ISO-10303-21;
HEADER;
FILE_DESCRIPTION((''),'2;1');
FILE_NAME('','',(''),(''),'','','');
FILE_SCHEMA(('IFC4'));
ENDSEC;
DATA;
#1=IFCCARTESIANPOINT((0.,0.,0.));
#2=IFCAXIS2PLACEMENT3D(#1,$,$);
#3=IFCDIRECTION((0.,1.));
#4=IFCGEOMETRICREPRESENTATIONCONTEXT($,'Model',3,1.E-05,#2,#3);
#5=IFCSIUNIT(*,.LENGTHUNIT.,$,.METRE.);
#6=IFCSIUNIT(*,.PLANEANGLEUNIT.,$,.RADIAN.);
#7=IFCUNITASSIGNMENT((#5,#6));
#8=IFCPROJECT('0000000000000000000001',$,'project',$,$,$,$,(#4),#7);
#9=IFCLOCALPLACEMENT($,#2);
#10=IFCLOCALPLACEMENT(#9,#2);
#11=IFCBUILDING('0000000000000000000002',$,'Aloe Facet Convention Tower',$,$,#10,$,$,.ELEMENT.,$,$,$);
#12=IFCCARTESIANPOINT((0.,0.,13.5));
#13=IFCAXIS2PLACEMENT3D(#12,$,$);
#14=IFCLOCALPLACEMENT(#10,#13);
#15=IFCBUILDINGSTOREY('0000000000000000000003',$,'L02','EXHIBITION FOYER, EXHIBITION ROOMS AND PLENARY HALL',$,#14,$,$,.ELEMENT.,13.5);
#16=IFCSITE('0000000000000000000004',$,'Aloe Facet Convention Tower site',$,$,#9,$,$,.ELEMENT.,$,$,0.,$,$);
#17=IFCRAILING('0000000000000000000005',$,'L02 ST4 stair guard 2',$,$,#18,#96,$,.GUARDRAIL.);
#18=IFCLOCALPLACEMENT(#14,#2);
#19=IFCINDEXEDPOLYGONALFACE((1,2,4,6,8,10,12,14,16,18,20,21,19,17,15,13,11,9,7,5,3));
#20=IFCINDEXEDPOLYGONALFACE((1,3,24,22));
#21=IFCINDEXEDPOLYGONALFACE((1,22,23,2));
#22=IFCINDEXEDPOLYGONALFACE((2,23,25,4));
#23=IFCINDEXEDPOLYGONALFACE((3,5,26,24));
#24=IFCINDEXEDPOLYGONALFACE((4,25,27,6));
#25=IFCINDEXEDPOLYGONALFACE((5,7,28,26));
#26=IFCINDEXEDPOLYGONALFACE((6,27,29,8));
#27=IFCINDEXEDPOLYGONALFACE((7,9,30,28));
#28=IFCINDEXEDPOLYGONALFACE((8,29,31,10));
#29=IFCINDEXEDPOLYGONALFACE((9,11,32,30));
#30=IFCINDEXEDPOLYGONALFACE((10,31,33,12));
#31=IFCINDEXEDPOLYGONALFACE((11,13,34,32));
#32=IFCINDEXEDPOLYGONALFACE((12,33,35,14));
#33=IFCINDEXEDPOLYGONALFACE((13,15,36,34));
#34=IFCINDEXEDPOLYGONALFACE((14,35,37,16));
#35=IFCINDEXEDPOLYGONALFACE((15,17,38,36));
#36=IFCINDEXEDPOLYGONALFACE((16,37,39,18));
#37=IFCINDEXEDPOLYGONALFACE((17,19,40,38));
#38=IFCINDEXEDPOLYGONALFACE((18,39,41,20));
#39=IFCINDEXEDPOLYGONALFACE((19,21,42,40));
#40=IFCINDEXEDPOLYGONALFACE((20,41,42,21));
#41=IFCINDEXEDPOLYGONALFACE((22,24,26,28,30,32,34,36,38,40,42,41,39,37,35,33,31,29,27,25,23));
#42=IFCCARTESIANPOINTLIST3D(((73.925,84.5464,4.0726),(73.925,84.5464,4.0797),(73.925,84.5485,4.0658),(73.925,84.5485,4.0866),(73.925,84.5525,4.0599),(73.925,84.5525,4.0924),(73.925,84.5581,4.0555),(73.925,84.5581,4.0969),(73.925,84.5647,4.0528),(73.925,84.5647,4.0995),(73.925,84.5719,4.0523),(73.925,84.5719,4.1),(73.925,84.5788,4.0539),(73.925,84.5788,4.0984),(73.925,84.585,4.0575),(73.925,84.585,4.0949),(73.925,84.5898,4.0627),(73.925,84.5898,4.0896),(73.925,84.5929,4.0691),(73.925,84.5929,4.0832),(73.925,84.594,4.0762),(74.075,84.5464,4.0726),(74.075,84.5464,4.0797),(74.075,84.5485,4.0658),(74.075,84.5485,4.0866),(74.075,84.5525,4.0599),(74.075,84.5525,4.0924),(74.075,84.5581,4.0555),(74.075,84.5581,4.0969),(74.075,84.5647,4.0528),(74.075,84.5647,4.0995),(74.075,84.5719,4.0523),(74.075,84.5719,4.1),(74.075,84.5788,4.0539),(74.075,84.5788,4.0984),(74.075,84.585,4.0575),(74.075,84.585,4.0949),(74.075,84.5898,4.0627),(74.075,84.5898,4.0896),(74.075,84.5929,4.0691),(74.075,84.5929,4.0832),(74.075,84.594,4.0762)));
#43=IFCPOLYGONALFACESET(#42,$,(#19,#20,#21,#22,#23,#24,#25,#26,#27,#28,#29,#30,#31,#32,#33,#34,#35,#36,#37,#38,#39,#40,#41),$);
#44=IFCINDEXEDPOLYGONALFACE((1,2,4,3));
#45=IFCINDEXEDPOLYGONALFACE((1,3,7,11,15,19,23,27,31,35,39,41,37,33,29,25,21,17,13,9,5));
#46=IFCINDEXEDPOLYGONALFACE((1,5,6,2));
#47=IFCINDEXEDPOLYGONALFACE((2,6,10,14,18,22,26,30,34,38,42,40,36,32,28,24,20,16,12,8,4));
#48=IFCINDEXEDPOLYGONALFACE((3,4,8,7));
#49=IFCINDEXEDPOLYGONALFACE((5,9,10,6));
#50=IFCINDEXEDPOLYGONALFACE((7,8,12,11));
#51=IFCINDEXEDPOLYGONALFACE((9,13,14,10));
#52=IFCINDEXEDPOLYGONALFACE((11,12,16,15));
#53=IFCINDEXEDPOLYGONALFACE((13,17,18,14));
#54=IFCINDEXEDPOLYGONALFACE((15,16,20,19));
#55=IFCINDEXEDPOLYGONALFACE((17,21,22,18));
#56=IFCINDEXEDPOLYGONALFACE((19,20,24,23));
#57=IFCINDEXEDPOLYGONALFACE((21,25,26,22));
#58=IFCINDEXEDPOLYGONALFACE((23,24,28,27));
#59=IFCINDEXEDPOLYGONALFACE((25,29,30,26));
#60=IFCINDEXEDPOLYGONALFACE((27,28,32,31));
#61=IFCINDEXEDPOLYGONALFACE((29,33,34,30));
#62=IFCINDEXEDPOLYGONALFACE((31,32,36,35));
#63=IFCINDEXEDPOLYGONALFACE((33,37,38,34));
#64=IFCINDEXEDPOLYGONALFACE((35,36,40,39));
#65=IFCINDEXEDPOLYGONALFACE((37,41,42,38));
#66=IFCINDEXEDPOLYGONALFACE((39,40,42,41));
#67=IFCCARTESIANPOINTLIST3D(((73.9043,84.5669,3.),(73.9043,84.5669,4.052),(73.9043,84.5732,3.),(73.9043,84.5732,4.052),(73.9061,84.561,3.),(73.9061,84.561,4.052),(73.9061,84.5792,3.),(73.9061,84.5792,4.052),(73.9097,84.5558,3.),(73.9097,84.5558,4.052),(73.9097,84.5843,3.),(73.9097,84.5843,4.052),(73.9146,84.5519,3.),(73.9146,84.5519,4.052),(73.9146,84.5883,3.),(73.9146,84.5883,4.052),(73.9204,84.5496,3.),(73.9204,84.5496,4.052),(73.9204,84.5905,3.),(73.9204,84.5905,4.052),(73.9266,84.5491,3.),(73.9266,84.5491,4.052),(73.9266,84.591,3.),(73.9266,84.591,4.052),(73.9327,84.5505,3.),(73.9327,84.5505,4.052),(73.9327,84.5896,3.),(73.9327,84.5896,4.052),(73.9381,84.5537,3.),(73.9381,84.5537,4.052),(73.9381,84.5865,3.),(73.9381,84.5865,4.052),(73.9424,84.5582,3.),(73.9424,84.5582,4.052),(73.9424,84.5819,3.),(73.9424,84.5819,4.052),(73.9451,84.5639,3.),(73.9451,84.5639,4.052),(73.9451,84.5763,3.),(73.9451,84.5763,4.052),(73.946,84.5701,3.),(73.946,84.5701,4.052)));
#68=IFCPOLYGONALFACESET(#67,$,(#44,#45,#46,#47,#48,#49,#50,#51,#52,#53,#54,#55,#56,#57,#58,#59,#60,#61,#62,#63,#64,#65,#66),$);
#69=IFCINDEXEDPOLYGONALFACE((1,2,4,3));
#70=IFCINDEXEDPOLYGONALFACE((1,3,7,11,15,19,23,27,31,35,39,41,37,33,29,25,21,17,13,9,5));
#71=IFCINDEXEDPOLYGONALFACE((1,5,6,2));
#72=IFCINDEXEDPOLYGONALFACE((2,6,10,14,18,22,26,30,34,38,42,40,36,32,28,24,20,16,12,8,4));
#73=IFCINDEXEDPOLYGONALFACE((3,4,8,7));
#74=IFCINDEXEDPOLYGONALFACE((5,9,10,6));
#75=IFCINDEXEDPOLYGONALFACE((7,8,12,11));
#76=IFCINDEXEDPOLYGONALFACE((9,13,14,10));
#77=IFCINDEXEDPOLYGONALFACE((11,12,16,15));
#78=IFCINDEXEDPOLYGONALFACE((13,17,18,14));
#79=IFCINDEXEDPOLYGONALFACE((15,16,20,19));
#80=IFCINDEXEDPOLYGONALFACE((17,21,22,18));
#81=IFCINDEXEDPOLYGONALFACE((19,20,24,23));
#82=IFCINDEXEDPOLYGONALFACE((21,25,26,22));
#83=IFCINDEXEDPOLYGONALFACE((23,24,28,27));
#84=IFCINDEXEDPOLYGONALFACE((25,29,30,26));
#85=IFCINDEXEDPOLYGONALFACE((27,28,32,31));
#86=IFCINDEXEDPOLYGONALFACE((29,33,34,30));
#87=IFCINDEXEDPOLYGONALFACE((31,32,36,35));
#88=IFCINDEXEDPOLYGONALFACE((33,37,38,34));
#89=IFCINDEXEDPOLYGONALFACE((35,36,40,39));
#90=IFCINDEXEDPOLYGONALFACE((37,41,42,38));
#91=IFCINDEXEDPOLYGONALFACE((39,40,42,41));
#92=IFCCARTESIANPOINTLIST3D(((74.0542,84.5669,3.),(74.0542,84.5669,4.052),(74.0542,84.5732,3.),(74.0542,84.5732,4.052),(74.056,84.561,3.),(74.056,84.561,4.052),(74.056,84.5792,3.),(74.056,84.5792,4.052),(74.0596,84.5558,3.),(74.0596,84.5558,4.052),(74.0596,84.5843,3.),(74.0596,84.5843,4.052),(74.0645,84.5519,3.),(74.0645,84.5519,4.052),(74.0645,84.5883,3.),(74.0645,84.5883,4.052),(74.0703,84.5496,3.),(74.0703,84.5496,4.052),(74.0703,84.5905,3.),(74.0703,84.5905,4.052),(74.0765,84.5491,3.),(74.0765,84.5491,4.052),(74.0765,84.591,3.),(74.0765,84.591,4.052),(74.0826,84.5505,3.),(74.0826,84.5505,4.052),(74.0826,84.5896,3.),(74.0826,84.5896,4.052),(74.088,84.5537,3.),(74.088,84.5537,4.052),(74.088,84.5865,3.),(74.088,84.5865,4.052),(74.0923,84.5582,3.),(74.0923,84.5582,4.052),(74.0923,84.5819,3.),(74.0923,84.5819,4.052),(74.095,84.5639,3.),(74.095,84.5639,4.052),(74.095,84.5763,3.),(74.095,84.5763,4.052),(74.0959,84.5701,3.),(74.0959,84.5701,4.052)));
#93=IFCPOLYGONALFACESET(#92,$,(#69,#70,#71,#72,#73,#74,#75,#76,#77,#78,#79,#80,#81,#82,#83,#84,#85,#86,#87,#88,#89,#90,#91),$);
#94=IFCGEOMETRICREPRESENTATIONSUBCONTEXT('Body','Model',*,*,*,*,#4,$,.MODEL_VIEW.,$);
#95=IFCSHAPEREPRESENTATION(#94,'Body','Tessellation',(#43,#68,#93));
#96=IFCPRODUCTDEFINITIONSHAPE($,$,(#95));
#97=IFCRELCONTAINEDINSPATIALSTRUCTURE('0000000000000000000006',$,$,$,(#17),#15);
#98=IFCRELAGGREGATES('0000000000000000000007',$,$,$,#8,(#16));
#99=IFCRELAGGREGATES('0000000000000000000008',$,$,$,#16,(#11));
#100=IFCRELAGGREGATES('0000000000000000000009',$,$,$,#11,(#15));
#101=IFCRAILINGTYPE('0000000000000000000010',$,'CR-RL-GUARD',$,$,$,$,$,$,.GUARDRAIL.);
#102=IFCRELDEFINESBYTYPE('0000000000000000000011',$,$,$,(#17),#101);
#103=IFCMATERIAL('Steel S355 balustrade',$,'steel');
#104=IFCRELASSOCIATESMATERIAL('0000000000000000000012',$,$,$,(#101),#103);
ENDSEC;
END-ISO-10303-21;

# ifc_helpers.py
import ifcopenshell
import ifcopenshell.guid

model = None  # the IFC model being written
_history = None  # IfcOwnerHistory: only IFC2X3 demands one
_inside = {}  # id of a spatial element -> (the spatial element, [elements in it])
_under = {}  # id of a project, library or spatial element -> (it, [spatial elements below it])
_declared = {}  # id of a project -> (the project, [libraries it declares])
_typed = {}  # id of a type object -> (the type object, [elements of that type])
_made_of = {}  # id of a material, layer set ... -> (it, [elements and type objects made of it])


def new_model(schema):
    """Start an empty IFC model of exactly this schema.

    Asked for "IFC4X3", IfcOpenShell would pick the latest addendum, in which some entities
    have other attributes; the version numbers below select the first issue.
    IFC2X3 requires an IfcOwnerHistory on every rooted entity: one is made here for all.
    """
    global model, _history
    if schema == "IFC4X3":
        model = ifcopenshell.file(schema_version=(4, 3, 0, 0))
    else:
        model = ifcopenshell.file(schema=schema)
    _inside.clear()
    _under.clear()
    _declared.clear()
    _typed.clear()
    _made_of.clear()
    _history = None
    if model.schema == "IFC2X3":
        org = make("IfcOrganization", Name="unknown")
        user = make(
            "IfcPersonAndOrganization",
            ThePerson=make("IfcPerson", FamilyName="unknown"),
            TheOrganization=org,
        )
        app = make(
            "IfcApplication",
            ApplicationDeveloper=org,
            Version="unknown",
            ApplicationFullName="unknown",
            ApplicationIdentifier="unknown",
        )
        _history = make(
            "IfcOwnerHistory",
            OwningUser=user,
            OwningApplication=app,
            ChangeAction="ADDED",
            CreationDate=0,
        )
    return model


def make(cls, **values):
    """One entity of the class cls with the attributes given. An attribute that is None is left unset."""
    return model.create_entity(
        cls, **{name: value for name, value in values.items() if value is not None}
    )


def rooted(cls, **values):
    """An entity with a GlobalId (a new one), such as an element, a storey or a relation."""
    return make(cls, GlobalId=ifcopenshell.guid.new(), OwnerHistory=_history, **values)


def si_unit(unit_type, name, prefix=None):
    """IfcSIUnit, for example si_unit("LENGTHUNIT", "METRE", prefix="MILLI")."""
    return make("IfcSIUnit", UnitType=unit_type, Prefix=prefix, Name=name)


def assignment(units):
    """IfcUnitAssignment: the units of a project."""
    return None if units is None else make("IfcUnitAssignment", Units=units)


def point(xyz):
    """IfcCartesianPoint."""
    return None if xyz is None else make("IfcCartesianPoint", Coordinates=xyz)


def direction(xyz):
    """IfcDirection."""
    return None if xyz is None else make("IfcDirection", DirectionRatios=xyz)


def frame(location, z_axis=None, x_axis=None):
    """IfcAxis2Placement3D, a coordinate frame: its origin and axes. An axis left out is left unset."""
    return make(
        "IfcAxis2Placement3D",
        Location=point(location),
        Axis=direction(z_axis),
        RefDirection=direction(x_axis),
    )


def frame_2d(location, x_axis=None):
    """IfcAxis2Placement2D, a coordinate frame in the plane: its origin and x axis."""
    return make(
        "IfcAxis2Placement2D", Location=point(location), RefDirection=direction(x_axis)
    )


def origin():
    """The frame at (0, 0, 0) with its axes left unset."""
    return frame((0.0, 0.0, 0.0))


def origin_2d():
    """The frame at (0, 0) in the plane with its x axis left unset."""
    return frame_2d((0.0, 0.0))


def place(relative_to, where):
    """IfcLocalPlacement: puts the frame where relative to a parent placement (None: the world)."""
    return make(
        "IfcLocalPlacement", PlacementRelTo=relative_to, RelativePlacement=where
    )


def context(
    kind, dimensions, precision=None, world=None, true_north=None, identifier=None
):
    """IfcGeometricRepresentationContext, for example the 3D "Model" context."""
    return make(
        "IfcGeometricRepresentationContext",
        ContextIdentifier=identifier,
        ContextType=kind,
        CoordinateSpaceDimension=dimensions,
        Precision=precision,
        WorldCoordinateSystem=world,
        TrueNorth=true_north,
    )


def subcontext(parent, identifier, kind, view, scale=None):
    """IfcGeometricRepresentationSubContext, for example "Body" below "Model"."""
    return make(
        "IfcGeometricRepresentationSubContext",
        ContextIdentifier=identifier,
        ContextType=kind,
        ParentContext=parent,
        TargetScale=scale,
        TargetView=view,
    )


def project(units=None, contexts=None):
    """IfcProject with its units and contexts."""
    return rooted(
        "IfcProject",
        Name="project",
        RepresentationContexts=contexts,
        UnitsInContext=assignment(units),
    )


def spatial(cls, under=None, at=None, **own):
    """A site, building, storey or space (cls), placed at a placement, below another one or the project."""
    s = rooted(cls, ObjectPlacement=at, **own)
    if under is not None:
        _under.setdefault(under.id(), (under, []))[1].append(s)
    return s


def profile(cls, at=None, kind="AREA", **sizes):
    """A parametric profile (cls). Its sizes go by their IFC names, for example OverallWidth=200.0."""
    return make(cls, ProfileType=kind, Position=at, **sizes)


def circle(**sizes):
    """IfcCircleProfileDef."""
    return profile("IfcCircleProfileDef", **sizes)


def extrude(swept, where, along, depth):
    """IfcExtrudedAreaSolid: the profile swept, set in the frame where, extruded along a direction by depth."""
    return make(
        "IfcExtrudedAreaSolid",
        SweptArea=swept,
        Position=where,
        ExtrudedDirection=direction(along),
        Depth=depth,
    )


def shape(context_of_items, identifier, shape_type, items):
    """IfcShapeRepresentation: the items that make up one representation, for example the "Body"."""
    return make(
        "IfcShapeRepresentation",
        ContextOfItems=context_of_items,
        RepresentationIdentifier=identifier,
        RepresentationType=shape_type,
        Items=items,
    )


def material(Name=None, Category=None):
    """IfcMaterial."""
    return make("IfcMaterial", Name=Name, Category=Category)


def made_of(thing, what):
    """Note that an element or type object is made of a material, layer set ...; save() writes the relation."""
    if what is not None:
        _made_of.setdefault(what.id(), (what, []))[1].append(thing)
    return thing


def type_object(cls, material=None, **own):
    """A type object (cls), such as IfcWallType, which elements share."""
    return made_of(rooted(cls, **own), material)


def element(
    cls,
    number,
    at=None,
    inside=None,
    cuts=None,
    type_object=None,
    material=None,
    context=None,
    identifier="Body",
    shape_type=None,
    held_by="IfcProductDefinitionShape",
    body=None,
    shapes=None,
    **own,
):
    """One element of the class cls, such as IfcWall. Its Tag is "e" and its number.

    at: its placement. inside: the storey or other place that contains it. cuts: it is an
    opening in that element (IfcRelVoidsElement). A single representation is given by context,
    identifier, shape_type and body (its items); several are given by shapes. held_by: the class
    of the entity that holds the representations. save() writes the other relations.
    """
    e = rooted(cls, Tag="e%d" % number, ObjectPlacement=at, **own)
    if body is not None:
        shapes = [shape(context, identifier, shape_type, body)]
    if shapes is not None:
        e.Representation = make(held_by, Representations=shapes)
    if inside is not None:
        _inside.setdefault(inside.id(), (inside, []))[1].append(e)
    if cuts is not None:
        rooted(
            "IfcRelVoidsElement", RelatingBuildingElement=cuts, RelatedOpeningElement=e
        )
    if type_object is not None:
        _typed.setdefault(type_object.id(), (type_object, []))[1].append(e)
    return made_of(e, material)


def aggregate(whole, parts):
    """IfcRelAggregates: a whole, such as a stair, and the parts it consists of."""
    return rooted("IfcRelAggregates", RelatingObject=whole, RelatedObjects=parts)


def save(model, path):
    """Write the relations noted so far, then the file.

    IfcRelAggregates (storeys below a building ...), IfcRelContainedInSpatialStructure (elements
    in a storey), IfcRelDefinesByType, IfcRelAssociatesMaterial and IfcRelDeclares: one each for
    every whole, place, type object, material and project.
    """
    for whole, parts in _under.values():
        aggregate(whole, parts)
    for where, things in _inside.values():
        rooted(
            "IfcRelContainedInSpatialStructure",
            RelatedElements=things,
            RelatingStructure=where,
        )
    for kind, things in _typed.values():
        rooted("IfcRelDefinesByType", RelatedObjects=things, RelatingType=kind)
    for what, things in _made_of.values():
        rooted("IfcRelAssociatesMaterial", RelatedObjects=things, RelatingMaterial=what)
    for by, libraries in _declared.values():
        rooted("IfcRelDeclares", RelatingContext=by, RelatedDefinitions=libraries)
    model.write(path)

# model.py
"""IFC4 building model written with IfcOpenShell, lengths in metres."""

from ifc_helpers import new_model, si_unit, direction, frame, origin, origin_2d, place, context, subcontext, project, spatial, circle, extrude, material, type_object, element, save


model = new_model("IFC4")

# Units and contexts
model_context = context("Model", 3, precision=1e-05, world=origin(), true_north=direction((0.0, 1.0)))
body_context = subcontext(model_context, "Body", "Model", "MODEL_VIEW")
ifc_project = project(units=[si_unit("LENGTHUNIT", "METRE"), si_unit("PLANEANGLEUNIT", "RADIAN")], contexts=[model_context])

# Site, building, storey
site_placement = place(None, origin())
site = spatial("IfcSite", under=ifc_project, at=site_placement, Name="Aloe Facet Convention Tower site", CompositionType="ELEMENT", RefElevation=0.0)
building_placement = place(site_placement, origin())
building = spatial("IfcBuilding", under=site, at=building_placement, Name="Aloe Facet Convention Tower", CompositionType="ELEMENT")
storey_placement = place(building_placement, frame((0.0, 0.0, 13.5)))
storey = spatial("IfcBuildingStorey", under=building, at=storey_placement, Name="L02", Description="EXHIBITION FOYER, EXHIBITION ROOMS AND PLENARY HALL", CompositionType="ELEMENT", Elevation=13.5)

# Railing
ifc_material_1 = material(Name="Steel S355 balustrade", Category="steel")
railing_type_1 = type_object("IfcRailingType", Name="CR-RL-GUARD", PredefinedType="GUARDRAIL", material=ifc_material_1)
railing_1_placement = place(storey_placement, frame((73.925, 84.5701, 3.0)))
element("IfcRailing", 1, at=railing_1_placement, inside=storey, type_object=railing_type_1, Name="L02 ST4 stair guard 2", PredefinedType="GUARDRAIL", context=body_context, shape_type="SweptSolid", body=[
    extrude(circle(Radius=0.0239, at=origin_2d()), frame((0.0, 0.0, 1.0762), z_axis=(1.0, 0.0, 0.0), x_axis=(0.0, 1.0, 0.0)), (0.0, 0.0, 1.0), 0.1499),
    extrude(circle(Radius=0.021, at=origin_2d()), origin(), (0.0, 0.0, 1.0), 1.052),
    extrude(circle(Radius=0.021, at=origin_2d()), frame((0.1499, 0.0, 0.0)), (0.0, 0.0, 1.0), 1.052),
])

save(model, "model.ifc")
